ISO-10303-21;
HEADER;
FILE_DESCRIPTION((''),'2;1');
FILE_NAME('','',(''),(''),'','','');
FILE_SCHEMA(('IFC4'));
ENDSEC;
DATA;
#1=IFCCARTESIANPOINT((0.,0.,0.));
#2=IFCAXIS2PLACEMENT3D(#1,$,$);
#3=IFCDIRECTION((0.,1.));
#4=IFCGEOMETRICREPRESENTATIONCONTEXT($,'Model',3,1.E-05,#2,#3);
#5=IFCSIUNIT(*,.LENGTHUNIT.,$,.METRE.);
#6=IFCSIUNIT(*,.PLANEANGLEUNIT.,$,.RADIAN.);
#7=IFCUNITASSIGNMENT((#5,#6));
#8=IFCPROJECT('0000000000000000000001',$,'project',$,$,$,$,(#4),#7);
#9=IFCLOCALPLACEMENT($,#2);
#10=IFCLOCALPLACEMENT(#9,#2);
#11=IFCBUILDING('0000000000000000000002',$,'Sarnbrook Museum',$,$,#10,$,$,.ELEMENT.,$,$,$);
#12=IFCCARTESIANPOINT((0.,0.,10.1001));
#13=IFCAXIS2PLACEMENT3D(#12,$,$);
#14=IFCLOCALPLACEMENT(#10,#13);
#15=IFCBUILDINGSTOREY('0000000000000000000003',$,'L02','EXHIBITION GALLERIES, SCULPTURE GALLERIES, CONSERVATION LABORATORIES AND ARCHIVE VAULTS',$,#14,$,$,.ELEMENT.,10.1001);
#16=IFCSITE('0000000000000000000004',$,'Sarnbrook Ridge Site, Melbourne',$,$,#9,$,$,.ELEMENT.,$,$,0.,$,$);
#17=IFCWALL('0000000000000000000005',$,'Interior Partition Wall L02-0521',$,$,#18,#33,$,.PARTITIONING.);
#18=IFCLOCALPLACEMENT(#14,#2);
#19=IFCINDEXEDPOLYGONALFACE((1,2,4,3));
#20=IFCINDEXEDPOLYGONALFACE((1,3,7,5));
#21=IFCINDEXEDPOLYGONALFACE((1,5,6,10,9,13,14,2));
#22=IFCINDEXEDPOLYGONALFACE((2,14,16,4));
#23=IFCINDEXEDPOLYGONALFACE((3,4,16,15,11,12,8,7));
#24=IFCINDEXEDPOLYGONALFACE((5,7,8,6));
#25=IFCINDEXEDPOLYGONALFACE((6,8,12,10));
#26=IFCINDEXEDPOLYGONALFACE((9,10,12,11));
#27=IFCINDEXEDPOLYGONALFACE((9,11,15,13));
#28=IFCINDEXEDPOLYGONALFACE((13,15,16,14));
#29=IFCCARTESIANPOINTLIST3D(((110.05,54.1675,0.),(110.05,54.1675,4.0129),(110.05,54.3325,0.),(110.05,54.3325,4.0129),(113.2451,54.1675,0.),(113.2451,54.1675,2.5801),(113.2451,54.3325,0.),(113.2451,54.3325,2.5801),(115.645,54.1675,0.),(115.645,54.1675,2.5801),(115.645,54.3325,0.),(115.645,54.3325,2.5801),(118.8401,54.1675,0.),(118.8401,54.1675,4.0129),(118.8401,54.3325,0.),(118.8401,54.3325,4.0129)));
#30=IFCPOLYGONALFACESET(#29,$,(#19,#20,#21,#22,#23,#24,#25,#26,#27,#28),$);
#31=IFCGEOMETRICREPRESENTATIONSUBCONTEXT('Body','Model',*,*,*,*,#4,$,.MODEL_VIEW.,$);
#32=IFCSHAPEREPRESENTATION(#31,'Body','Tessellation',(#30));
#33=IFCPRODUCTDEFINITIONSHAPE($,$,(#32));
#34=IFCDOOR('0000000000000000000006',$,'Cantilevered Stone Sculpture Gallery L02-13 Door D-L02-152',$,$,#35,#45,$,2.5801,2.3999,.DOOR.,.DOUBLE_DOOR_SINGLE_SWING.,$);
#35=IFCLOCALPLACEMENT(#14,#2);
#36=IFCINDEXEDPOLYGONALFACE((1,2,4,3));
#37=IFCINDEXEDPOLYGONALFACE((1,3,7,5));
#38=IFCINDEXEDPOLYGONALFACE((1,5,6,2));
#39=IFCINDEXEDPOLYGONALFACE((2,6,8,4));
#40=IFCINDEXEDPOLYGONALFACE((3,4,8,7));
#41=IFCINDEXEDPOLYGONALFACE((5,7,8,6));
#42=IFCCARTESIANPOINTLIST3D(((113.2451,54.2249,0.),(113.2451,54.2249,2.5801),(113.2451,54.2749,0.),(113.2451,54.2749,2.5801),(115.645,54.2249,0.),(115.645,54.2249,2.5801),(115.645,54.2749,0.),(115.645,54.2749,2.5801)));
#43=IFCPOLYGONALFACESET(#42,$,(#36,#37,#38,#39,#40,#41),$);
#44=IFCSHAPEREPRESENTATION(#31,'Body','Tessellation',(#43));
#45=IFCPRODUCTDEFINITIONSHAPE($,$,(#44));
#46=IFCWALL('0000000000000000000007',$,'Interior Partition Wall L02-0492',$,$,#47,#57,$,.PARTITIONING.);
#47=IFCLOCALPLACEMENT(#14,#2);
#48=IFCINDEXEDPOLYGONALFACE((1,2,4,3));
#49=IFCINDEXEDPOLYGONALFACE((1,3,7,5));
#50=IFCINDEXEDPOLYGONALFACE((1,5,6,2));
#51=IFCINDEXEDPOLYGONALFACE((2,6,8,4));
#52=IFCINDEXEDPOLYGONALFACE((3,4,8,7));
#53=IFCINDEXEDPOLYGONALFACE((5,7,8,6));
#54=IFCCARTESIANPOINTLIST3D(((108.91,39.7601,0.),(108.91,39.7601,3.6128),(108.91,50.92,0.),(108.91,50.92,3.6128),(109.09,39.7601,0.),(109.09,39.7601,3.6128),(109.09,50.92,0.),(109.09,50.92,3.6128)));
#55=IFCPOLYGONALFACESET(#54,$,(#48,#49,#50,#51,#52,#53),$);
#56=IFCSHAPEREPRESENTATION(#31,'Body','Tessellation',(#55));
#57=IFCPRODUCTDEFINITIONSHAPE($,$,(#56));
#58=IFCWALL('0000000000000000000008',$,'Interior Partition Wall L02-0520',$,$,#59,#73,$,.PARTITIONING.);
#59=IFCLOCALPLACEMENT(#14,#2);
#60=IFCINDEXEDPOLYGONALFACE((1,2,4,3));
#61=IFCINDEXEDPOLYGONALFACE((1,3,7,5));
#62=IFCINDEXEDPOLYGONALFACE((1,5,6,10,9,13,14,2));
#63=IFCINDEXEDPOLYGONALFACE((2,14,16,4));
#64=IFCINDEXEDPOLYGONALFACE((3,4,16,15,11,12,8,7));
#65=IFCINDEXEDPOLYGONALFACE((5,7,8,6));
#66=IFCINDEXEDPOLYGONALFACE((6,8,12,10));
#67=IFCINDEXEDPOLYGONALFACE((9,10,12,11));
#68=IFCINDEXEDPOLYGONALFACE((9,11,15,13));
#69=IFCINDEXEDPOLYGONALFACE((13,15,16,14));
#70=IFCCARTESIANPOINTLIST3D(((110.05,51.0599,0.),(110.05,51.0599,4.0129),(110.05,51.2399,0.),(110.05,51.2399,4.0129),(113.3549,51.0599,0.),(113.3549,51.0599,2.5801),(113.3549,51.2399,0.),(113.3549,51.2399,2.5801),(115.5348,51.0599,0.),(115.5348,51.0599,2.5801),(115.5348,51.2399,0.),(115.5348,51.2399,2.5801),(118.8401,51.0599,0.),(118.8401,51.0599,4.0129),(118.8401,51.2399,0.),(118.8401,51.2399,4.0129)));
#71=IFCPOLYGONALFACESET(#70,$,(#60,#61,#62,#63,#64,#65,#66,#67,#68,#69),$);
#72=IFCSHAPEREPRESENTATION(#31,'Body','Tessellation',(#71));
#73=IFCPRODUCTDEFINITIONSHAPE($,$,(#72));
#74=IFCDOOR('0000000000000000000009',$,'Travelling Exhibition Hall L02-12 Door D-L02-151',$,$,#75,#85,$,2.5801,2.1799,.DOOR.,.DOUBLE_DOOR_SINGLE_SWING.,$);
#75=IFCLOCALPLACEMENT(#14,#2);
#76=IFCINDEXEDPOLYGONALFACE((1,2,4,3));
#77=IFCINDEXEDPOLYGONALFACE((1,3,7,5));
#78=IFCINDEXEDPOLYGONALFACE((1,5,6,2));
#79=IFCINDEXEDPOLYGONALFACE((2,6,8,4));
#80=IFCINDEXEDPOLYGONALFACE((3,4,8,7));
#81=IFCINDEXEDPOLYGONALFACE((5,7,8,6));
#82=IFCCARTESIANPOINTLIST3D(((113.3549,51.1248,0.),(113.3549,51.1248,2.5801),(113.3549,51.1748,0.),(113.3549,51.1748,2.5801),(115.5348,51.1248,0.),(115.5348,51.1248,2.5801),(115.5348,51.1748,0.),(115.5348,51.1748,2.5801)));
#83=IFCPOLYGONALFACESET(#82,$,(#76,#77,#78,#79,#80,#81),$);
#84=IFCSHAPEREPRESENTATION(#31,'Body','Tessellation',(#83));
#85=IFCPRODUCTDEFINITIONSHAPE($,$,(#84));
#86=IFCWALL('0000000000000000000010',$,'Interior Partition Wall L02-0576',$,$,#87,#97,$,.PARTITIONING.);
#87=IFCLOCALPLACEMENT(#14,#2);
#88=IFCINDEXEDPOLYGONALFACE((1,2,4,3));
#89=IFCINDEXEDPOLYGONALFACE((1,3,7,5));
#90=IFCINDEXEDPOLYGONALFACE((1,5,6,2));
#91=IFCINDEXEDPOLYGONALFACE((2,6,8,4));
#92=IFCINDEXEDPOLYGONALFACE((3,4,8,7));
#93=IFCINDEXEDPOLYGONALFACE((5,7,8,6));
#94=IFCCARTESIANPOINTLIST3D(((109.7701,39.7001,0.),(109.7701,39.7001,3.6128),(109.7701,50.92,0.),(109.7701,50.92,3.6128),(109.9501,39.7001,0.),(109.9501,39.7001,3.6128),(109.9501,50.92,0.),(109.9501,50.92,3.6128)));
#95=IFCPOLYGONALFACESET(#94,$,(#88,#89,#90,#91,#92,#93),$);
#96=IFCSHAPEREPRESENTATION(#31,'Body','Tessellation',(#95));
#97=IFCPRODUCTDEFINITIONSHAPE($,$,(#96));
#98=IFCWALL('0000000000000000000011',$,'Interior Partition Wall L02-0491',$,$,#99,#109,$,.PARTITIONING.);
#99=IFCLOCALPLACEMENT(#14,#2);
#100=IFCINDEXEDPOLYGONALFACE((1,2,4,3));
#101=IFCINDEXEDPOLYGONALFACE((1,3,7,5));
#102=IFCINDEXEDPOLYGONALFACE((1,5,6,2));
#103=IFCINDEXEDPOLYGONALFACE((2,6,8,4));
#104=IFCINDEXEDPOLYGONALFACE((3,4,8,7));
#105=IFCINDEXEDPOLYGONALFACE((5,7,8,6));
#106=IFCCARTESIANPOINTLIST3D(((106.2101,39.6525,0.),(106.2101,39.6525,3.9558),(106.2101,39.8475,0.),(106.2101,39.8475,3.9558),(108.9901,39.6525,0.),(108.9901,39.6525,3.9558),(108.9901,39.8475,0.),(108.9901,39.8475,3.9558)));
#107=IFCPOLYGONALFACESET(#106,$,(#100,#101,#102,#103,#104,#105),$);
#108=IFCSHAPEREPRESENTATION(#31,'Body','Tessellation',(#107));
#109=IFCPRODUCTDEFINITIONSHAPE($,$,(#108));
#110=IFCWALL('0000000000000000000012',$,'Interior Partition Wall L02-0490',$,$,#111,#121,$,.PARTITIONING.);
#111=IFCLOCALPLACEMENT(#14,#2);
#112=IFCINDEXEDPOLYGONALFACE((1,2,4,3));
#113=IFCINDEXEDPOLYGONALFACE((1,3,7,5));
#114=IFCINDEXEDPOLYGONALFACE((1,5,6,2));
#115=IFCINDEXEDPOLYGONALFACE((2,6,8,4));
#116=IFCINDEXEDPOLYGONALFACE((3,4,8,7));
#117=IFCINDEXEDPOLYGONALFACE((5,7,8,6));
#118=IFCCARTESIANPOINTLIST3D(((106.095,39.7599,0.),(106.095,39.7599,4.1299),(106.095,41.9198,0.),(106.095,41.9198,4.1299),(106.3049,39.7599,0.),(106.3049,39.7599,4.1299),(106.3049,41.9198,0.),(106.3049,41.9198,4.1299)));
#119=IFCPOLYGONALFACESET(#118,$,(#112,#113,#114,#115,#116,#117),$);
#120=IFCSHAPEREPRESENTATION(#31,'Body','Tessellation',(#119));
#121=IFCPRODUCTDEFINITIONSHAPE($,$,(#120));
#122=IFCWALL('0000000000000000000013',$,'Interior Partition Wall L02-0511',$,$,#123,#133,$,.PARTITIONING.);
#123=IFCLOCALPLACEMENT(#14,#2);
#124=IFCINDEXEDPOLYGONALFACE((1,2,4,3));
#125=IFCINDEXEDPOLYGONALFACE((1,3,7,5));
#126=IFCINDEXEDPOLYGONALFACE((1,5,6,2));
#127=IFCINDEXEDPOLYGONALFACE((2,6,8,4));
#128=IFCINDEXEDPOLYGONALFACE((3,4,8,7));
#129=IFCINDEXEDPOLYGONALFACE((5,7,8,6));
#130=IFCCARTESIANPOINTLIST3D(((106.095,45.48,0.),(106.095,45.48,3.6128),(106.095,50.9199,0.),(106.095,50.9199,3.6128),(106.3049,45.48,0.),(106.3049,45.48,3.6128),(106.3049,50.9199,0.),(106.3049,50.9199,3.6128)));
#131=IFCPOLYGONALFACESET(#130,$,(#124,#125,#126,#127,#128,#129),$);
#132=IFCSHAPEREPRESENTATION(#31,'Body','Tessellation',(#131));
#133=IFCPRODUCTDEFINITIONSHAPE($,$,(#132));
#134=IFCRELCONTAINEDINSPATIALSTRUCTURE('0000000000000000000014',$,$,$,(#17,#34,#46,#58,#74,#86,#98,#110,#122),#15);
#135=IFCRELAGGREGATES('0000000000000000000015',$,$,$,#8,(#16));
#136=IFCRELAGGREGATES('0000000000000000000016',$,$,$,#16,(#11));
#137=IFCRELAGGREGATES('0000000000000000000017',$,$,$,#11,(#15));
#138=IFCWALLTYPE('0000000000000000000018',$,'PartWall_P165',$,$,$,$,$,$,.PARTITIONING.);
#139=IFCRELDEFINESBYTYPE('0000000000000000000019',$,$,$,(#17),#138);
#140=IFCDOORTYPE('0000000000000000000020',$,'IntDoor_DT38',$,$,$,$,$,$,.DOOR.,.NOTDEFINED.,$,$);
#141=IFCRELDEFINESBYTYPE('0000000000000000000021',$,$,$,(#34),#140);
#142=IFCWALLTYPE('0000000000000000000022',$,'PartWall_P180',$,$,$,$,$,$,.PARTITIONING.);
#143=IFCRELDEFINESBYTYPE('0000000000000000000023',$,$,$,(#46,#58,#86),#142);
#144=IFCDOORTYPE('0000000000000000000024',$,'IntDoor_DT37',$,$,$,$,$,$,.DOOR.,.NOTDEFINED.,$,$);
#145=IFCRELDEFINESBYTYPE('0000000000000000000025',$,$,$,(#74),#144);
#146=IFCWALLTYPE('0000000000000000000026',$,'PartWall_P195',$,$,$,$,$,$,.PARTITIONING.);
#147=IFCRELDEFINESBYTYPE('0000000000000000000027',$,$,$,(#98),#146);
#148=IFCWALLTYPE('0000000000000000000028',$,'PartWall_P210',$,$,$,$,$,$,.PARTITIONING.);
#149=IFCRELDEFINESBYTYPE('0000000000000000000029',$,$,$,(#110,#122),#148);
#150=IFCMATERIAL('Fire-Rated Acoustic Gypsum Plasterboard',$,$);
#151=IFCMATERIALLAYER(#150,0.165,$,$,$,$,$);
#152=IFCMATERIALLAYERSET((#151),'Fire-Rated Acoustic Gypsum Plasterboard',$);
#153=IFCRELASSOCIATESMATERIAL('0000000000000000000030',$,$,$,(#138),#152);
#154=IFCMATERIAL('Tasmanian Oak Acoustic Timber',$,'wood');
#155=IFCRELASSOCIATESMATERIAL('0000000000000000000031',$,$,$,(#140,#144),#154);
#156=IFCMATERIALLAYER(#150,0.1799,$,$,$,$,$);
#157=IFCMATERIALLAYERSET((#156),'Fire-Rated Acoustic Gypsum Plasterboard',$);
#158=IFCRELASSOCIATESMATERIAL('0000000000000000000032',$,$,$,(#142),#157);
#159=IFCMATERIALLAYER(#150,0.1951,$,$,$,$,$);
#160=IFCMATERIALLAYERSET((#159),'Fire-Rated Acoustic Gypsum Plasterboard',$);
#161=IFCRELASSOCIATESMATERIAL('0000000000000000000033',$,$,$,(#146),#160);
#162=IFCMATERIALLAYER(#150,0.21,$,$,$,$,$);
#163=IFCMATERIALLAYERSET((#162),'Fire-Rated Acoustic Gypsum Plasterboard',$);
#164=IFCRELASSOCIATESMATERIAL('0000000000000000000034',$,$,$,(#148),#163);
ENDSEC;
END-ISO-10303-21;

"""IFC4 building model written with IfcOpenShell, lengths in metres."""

from ifc_helpers import new_model, si_unit, direction, frame, frame_2d, origin, place, context, subcontext, project, spatial, rectangle, extrude, material, layer, layer_set, type_object, element, fill, save


model = new_model("IFC4")

# Units and contexts
model_context = context("Model", 3, precision=1e-05, world=origin(), true_north=direction((0.0, 1.0)))
body_context = subcontext(model_context, "Body", "Model", "MODEL_VIEW")
ifc_project = project(units=[si_unit("LENGTHUNIT", "METRE"), si_unit("PLANEANGLEUNIT", "RADIAN")], contexts=[model_context])

# Site, building, storey
site_placement = place(None, origin())
site = spatial("IfcSite", under=ifc_project, at=site_placement, Name="Sarnbrook Ridge Site, Melbourne", CompositionType="ELEMENT", RefElevation=0.0)
building_placement = place(site_placement, origin())
building = spatial("IfcBuilding", under=site, at=building_placement, Name="Sarnbrook Museum", CompositionType="ELEMENT")
storey_placement = place(building_placement, frame((0.0, 0.0, 10.1001)))
storey = spatial("IfcBuildingStorey", under=building, at=storey_placement, Name="L02", Description="EXHIBITION GALLERIES, SCULPTURE GALLERIES, CONSERVATION LABORATORIES AND ARCHIVE VAULTS", CompositionType="ELEMENT", Elevation=10.1001)

# Shared definitions
ifc_material_1 = material(Name="Fire-Rated Acoustic Gypsum Plasterboard")
ifc_material_2 = material(Name="Tasmanian Oak Acoustic Timber", Category="wood")

# Shared definitions
ifc_layer_1 = layer(ifc_material_1, 0.165)
ifc_layer_set_1 = layer_set([ifc_layer_1], Name="Fire-Rated Acoustic Gypsum Plasterboard")
wall_type_1 = type_object("IfcWallType", Name="PartWall_P165", PredefinedType="PARTITIONING", material=ifc_layer_set_1)

# Wall, opening, door
wall_1_placement = place(storey_placement, frame((118.8401, 54.25, 0.0), z_axis=(0.0, 0.0, 1.0), x_axis=(-1.0, 0.0, 0.0)))
wall_1 = element("IfcWall", 1, at=wall_1_placement, inside=storey, type_object=wall_type_1, Name="Interior Partition Wall L02-0521", PredefinedType="PARTITIONING", context=body_context, shape_type="SweptSolid", body=[
    extrude(rectangle(XDim=8.79, YDim=0.165, at=frame_2d((4.395, 0.0))), origin(), (0.0, 0.0, 1.0), 4.0129),
])
opening_1_placement = place(wall_1_placement, frame((3.1951, 0.0, 0.0)))
opening_1 = element("IfcOpeningElement", 2, at=opening_1_placement, cuts=wall_1, PredefinedType="OPENING", context=body_context, shape_type="SweptSolid", body=[
    extrude(rectangle(XDim=2.3999, YDim=2.5801, at=frame_2d((1.2, 1.29))), frame((0.0, 0.0925, 0.0), z_axis=(0.0, -1.0, 0.0), x_axis=(1.0, 0.0, 0.0)), (0.0, 0.0, 1.0), 0.1851),
])
door_type_1 = type_object("IfcDoorType", Name="IntDoor_DT38", OperationType="NOTDEFINED", PredefinedType="DOOR", material=ifc_material_2)
door_1_placement = place(opening_1_placement, frame((2.3999, 0.0, 0.0), z_axis=(0.0, 0.0, 1.0), x_axis=(-1.0, 0.0, 0.0)))
door_1 = element("IfcDoor", 3, at=door_1_placement, inside=storey, type_object=door_type_1, Name="Cantilevered Stone Sculpture Gallery L02-13 Door D-L02-152", OperationType="DOUBLE_DOOR_SINGLE_SWING", OverallHeight=2.5801, OverallWidth=2.3999, PredefinedType="DOOR", context=body_context, shape_type="SweptSolid", body=[
    extrude(rectangle(XDim=2.3999, YDim=2.5801, at=frame_2d((1.2, 1.29))), frame((0.0, 0.0249, 0.0), z_axis=(0.0, -1.0, 0.0), x_axis=(1.0, 0.0, 0.0)), (0.0, 0.0, 1.0), 0.05),
])
fill(opening_1, door_1)

# Wall
ifc_layer_2 = layer(ifc_material_1, 0.1799)
ifc_layer_set_2 = layer_set([ifc_layer_2], Name="Fire-Rated Acoustic Gypsum Plasterboard")
wall_type_2 = type_object("IfcWallType", Name="PartWall_P180", PredefinedType="PARTITIONING", material=ifc_layer_set_2)
wall_2_placement = place(storey_placement, frame((109.0, 39.76, 0.0), z_axis=(0.0, 0.0, 1.0), x_axis=(0.0, 1.0, 0.0)))
element("IfcWall", 4, at=wall_2_placement, inside=storey, type_object=wall_type_2, Name="Interior Partition Wall L02-0492", PredefinedType="PARTITIONING", context=body_context, shape_type="SweptSolid", body=[
    extrude(rectangle(XDim=11.1599, YDim=0.1799, at=frame_2d((5.5801, 0.0))), origin(), (0.0, 0.0, 1.0), 3.6128),
])

# Wall, opening, door
wall_3_placement = place(storey_placement, frame((110.05, 51.1499, 0.0), z_axis=(0.0, 0.0, 1.0), x_axis=(1.0, 0.0, 0.0)))
wall_3 = element("IfcWall", 5, at=wall_3_placement, inside=storey, type_object=wall_type_2, Name="Interior Partition Wall L02-0520", PredefinedType="PARTITIONING", context=body_context, shape_type="SweptSolid", body=[
    extrude(rectangle(XDim=8.79, YDim=0.1799, at=frame_2d((4.395, 0.0))), origin(), (0.0, 0.0, 1.0), 4.0129),
])
opening_2_placement = place(wall_3_placement, frame((3.3049, 0.0, 0.0)))
opening_2 = element("IfcOpeningElement", 6, at=opening_2_placement, cuts=wall_3, PredefinedType="OPENING", context=body_context, shape_type="SweptSolid", body=[
    extrude(rectangle(XDim=2.1799, YDim=2.5801, at=frame_2d((1.0898, 1.29))), frame((0.0, 0.1001, 0.0), z_axis=(0.0, -1.0, 0.0), x_axis=(1.0, 0.0, 0.0)), (0.0, 0.0, 1.0), 0.2),
])
door_type_2 = type_object("IfcDoorType", Name="IntDoor_DT37", OperationType="NOTDEFINED", PredefinedType="DOOR", material=ifc_material_2)
door_2_placement = place(opening_2_placement, origin())
door_2 = element("IfcDoor", 7, at=door_2_placement, inside=storey, type_object=door_type_2, Name="Travelling Exhibition Hall L02-12 Door D-L02-151", OperationType="DOUBLE_DOOR_SINGLE_SWING", OverallHeight=2.5801, OverallWidth=2.1799, PredefinedType="DOOR", context=body_context, shape_type="SweptSolid", body=[
    extrude(rectangle(XDim=2.1799, YDim=2.5801, at=frame_2d((1.0898, 1.29))), frame((0.0, 0.0249, 0.0), z_axis=(0.0, -1.0, 0.0), x_axis=(1.0, 0.0, 0.0)), (0.0, 0.0, 1.0), 0.05),
])
fill(opening_2, door_2)

# Walls
wall_4_placement = place(storey_placement, frame((109.8601, 50.9199, 0.0), z_axis=(0.0, 0.0, 1.0), x_axis=(0.0, -1.0, 0.0)))
element("IfcWall", 8, at=wall_4_placement, inside=storey, type_object=wall_type_2, Name="Interior Partition Wall L02-0576", PredefinedType="PARTITIONING", context=body_context, shape_type="SweptSolid", body=[
    extrude(rectangle(XDim=11.22, YDim=0.1799, at=frame_2d((5.6099, 0.0))), origin(), (0.0, 0.0, 1.0), 3.6128),
])
ifc_layer_3 = layer(ifc_material_1, 0.1951)
ifc_layer_set_3 = layer_set([ifc_layer_3], Name="Fire-Rated Acoustic Gypsum Plasterboard")
wall_type_3 = type_object("IfcWallType", Name="PartWall_P195", PredefinedType="PARTITIONING", material=ifc_layer_set_3)
wall_5_placement = place(storey_placement, frame((106.21, 39.75, 0.0), z_axis=(0.0, 0.0, 1.0), x_axis=(1.0, 0.0, 0.0)))
element("IfcWall", 9, at=wall_5_placement, inside=storey, type_object=wall_type_3, Name="Interior Partition Wall L02-0491", PredefinedType="PARTITIONING", context=body_context, shape_type="SweptSolid", body=[
    extrude(rectangle(XDim=2.78, YDim=0.1951, at=frame_2d((1.3901, 0.0))), origin(), (0.0, 0.0, 1.0), 3.9558),
])
ifc_layer_4 = layer(ifc_material_1, 0.21)
ifc_layer_set_4 = layer_set([ifc_layer_4], Name="Fire-Rated Acoustic Gypsum Plasterboard")
wall_type_4 = type_object("IfcWallType", Name="PartWall_P210", PredefinedType="PARTITIONING", material=ifc_layer_set_4)
wall_6_placement = place(storey_placement, frame((106.2, 41.9199, 0.0), z_axis=(0.0, 0.0, 1.0), x_axis=(0.0, -1.0, 0.0)))
element("IfcWall", 10, at=wall_6_placement, inside=storey, type_object=wall_type_4, Name="Interior Partition Wall L02-0490", PredefinedType="PARTITIONING", context=body_context, shape_type="SweptSolid", body=[
    extrude(rectangle(XDim=2.1599, YDim=0.21, at=frame_2d((1.0801, 0.0))), origin(), (0.0, 0.0, 1.0), 4.1299),
])
wall_7_placement = place(storey_placement, frame((106.2, 50.9199, 0.0), z_axis=(0.0, 0.0, 1.0), x_axis=(0.0, -1.0, 0.0)))
element("IfcWall", 11, at=wall_7_placement, inside=storey, type_object=wall_type_4, Name="Interior Partition Wall L02-0511", PredefinedType="PARTITIONING", context=body_context, shape_type="SweptSolid", body=[
    extrude(rectangle(XDim=5.4399, YDim=0.21, at=frame_2d((2.72, 0.0))), origin(), (0.0, 0.0, 1.0), 3.6128),
])

save(model, "model.ifc")
